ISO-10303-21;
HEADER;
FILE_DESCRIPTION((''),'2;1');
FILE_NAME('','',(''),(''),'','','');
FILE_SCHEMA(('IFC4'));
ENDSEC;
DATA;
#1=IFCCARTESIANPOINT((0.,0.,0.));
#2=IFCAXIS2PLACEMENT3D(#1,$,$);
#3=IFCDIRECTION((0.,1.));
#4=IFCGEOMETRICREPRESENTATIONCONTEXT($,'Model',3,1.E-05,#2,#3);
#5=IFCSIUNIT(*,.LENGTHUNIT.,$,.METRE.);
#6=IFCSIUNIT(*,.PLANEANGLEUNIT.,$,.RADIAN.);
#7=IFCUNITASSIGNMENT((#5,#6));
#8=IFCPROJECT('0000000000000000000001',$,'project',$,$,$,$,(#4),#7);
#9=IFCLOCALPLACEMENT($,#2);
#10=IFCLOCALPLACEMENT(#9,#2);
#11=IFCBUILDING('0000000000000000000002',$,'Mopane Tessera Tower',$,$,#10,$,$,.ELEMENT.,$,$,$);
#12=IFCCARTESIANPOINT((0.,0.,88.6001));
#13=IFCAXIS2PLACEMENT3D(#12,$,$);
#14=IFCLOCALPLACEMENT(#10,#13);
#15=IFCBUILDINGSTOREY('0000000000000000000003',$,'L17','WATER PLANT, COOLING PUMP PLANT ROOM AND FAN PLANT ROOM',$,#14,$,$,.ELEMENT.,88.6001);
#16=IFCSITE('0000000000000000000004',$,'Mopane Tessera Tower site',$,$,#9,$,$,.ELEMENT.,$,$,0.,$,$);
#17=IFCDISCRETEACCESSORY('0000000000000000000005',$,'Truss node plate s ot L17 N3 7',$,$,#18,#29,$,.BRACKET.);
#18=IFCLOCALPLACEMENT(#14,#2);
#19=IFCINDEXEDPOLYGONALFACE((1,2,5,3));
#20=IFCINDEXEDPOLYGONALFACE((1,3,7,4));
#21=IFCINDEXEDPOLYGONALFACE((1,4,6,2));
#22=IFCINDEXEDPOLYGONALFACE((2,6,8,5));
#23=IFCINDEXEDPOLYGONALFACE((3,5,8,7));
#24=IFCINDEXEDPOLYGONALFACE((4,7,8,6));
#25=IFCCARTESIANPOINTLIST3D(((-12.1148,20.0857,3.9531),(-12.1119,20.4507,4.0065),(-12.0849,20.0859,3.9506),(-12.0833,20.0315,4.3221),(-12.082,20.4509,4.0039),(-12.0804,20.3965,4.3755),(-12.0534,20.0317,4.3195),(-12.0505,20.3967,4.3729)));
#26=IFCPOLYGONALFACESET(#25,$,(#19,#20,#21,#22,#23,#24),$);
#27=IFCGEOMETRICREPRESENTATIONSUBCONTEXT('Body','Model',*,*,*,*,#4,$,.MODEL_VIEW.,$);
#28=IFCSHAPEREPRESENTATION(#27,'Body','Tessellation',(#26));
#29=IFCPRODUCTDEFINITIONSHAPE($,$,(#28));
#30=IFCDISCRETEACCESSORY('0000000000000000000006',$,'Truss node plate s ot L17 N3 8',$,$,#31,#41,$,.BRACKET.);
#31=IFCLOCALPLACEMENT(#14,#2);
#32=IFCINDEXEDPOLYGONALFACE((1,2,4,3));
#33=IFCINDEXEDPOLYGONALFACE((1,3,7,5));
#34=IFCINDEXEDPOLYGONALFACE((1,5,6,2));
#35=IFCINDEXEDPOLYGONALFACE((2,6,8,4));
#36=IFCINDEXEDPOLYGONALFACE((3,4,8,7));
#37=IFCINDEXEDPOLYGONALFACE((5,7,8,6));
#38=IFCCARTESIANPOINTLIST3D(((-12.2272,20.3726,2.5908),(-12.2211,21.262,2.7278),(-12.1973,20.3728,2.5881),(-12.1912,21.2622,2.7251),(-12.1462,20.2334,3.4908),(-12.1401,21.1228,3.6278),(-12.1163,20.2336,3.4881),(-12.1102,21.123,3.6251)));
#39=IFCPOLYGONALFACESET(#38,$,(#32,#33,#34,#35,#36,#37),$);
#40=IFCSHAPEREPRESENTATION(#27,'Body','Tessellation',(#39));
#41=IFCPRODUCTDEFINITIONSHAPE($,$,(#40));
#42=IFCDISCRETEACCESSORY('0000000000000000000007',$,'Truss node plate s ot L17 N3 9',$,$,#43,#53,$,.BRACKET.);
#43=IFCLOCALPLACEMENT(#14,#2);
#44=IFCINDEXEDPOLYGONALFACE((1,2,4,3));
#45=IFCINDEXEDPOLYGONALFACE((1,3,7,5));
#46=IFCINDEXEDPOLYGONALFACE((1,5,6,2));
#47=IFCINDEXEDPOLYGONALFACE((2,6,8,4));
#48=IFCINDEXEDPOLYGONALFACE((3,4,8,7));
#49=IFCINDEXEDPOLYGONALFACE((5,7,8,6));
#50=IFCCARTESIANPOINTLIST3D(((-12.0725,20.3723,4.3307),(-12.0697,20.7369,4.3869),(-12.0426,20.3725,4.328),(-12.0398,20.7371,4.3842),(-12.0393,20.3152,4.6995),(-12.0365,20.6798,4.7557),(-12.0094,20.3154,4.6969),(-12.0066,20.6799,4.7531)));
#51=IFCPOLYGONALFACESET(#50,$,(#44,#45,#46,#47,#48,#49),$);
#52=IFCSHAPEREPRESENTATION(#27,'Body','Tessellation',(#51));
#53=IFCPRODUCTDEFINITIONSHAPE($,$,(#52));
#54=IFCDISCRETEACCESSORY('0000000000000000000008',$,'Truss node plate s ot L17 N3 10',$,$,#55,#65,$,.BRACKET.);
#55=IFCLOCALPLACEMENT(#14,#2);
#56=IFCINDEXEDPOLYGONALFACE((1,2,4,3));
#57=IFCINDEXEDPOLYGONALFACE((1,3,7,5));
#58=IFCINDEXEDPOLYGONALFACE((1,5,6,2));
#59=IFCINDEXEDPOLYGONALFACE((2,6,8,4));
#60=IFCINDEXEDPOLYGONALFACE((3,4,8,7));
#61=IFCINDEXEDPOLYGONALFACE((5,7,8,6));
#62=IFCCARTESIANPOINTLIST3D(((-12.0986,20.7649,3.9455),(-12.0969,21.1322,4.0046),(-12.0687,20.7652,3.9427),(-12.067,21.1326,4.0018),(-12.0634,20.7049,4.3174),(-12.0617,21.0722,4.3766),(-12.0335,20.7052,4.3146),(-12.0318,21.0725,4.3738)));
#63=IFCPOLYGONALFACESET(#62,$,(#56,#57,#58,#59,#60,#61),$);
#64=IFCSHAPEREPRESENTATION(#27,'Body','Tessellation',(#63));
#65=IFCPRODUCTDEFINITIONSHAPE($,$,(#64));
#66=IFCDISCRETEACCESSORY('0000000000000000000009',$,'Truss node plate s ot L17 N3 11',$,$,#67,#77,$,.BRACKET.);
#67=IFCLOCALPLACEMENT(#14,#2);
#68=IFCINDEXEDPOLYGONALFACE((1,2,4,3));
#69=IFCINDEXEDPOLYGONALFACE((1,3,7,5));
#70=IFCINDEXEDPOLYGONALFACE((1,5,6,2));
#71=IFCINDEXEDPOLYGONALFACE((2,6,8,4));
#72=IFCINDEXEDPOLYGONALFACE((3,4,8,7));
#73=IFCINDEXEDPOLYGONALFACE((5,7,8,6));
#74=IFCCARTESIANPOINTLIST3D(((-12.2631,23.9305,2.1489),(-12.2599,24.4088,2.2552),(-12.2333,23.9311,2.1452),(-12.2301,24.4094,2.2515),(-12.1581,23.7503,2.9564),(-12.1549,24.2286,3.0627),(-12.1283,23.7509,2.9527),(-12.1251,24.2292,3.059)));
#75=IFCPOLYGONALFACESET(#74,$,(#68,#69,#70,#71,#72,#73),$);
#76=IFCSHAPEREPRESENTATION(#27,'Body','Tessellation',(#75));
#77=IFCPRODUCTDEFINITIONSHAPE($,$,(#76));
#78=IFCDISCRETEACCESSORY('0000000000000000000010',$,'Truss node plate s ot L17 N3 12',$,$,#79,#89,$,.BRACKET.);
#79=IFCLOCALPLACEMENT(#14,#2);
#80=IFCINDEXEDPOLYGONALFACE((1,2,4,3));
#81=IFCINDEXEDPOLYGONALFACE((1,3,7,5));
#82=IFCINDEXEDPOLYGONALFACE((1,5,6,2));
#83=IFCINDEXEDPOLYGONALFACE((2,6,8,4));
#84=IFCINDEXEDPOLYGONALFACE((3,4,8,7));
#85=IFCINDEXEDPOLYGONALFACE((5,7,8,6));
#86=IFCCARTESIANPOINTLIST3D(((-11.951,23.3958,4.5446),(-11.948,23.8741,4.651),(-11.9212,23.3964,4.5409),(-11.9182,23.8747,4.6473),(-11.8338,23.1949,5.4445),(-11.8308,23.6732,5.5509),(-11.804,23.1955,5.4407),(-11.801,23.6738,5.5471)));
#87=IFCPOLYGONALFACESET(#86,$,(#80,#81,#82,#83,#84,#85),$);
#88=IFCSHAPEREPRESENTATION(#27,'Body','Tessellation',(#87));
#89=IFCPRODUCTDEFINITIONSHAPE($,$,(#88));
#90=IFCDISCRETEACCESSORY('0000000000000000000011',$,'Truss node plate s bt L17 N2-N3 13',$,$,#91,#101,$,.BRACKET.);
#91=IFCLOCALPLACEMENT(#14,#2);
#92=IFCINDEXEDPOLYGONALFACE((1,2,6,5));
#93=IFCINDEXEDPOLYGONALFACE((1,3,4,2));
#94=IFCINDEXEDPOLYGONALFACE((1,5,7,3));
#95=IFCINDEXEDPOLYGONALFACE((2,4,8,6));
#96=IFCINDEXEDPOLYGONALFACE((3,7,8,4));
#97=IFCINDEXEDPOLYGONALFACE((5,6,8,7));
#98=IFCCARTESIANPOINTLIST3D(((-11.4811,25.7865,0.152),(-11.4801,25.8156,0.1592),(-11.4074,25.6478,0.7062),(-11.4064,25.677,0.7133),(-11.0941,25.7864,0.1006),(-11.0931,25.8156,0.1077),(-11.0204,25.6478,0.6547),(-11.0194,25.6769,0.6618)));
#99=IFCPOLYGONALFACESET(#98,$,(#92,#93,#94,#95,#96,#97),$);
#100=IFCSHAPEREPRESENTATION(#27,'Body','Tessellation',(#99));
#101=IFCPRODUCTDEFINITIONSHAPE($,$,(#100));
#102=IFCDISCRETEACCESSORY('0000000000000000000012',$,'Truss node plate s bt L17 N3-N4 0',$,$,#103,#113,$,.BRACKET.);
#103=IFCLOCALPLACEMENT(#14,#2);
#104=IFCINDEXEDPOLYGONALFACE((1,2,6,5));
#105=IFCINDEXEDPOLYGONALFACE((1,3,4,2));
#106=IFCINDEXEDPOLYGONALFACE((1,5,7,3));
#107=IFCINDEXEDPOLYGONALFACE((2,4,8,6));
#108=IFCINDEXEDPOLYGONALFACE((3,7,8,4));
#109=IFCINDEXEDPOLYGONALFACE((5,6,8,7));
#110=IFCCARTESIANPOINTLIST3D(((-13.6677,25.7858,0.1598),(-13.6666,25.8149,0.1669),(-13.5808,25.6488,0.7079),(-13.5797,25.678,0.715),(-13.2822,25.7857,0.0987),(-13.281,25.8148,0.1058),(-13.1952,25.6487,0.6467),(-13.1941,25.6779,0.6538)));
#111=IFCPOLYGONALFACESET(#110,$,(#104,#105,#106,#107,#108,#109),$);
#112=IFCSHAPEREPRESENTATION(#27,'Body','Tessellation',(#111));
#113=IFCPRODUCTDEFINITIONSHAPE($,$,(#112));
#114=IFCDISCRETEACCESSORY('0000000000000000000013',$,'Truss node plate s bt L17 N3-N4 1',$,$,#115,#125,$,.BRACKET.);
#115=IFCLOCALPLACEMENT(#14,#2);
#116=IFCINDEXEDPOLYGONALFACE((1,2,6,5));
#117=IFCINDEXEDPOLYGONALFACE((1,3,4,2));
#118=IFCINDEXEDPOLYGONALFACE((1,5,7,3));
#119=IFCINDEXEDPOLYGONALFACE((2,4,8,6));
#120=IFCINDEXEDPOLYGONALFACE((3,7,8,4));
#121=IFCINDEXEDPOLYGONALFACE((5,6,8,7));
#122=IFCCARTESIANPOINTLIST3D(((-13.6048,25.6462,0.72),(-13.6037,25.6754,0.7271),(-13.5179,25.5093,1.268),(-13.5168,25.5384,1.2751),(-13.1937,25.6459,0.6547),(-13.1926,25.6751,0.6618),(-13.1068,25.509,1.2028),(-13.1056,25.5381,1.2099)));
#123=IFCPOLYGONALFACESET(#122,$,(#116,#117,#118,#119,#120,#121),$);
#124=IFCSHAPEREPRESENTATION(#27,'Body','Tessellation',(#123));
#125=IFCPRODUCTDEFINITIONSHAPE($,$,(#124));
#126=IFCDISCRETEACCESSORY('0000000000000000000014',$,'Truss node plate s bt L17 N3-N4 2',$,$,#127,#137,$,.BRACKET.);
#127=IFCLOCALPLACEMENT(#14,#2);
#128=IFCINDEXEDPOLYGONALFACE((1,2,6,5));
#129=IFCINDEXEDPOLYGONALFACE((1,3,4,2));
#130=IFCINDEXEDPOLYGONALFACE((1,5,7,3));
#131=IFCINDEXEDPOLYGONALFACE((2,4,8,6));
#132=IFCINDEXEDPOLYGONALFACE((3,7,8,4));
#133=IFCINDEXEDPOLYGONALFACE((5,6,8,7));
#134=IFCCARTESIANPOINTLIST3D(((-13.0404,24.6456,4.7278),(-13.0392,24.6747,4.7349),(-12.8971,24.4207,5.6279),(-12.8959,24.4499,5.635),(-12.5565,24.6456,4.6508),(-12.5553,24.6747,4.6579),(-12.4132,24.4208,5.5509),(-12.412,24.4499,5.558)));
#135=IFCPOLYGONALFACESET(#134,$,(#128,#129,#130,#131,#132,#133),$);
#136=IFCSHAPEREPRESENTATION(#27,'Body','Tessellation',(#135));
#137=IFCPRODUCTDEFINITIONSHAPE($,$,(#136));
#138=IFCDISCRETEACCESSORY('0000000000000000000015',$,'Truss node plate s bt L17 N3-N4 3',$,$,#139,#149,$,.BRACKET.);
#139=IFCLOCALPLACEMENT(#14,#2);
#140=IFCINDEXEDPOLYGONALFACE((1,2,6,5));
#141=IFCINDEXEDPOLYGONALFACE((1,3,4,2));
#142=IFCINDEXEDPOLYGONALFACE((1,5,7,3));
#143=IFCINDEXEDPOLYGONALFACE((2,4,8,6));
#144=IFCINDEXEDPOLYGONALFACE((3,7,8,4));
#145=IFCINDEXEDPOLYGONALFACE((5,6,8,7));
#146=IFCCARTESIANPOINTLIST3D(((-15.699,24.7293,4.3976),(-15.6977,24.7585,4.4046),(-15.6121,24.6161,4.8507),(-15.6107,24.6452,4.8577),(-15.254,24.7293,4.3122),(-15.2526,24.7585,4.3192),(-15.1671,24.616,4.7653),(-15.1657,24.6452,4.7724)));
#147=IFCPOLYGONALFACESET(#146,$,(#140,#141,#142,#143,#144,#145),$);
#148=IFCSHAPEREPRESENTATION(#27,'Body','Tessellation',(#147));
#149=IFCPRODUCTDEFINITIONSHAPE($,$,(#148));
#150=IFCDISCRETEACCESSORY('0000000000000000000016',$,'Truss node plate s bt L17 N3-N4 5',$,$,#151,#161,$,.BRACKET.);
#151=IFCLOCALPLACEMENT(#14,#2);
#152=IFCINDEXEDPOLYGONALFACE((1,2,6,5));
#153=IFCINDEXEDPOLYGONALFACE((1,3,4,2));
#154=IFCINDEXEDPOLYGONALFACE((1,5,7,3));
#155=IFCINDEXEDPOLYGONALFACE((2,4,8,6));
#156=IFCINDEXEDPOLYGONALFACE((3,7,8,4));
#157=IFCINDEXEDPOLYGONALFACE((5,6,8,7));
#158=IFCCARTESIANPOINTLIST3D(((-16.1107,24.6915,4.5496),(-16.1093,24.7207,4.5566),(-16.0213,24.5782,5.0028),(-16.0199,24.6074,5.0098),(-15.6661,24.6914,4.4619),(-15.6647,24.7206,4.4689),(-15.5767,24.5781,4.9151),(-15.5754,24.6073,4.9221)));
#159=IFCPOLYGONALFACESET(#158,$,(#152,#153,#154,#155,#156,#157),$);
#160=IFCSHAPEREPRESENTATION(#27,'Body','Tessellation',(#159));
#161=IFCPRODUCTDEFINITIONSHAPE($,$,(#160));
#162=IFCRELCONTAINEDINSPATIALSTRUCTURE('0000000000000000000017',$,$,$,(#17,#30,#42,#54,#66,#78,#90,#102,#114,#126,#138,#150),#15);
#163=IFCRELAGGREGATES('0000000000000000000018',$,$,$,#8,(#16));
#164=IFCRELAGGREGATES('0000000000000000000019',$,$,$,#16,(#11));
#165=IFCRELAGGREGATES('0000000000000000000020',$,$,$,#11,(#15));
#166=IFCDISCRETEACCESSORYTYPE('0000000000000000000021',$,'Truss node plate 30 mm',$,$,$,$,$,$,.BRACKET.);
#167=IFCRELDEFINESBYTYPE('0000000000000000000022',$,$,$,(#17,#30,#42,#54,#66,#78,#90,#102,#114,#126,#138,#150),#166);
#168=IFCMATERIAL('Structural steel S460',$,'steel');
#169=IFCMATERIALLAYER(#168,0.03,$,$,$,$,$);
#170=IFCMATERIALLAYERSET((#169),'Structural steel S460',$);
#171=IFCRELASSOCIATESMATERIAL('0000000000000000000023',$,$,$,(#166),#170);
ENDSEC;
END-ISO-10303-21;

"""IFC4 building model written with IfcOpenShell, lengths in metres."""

from ifc_helpers import new_model, si_unit, direction, frame, origin, origin_2d, place, context, subcontext, project, spatial, rectangle, extrude, material, layer, layer_set, type_object, element, save


model = new_model("IFC4")

# Units and contexts
model_context = context("Model", 3, precision=1e-05, world=origin(), true_north=direction((0.0, 1.0)))
body_context = subcontext(model_context, "Body", "Model", "MODEL_VIEW")
ifc_project = project(units=[si_unit("LENGTHUNIT", "METRE"), si_unit("PLANEANGLEUNIT", "RADIAN")], contexts=[model_context])

# Site, building, storey
site_placement = place(None, origin())
site = spatial("IfcSite", under=ifc_project, at=site_placement, Name="Mopane Tessera Tower site", CompositionType="ELEMENT", RefElevation=0.0)
building_placement = place(site_placement, origin())
building = spatial("IfcBuilding", under=site, at=building_placement, Name="Mopane Tessera Tower", CompositionType="ELEMENT")
storey_placement = place(building_placement, frame((0.0, 0.0, 88.6001)))
storey = spatial("IfcBuildingStorey", under=building, at=storey_placement, Name="L17", Description="WATER PLANT, COOLING PUMP PLANT ROOM AND FAN PLANT ROOM", CompositionType="ELEMENT", Elevation=88.6001)

# Discrete accessories
ifc_material_1 = material(Name="Structural steel S460", Category="steel")
ifc_layer_1 = layer(ifc_material_1, 0.03)
ifc_layer_set_1 = layer_set([ifc_layer_1], Name="Structural steel S460")
discrete_accessory_type_1 = type_object("IfcDiscreteAccessoryType", Name="Truss node plate 30 mm", PredefinedType="BRACKET", material=ifc_layer_set_1)
discrete_accessory_1_placement = place(storey_placement, frame((-12.0984, 20.2683, 3.9785), z_axis=(0.084167, -0.144846, 0.985868), x_axis=(-0.996421, -0.00451, 0.084406)))
element("IfcDiscreteAccessory", 1, at=discrete_accessory_1_placement, inside=storey, type_object=discrete_accessory_type_1, Name="Truss node plate s ot L17 N3 7", PredefinedType="BRACKET", context=body_context, shape_type="SweptSolid", body=[
    extrude(rectangle(XDim=0.03, YDim=0.3689, at=origin_2d()), origin(), (0.0, 0.0, 1.0), 0.3743),
])
discrete_accessory_2_placement = place(storey_placement, frame((-12.2092, 20.8174, 2.658), z_axis=(0.088662, -0.152221, 0.984362), x_axis=(-0.996039, -0.006821, 0.088659)))
element("IfcDiscreteAccessory", 2, at=discrete_accessory_2_placement, inside=storey, type_object=discrete_accessory_type_1, Name="Truss node plate s ot L17 N3 8", PredefinedType="BRACKET", context=body_context, shape_type="SweptSolid", body=[
    extrude(rectangle(XDim=0.03, YDim=0.8999, at=origin_2d()), origin(), (0.0, 0.0, 1.0), 0.9143),
])
discrete_accessory_3_placement = place(storey_placement, frame((-12.0562, 20.5547, 4.3574), z_axis=(0.088597, -0.152438, 0.984334), x_axis=(-0.996038, -0.005896, 0.088737)))
element("IfcDiscreteAccessory", 3, at=discrete_accessory_3_placement, inside=storey, type_object=discrete_accessory_type_1, Name="Truss node plate s ot L17 N3 9", PredefinedType="BRACKET", context=body_context, shape_type="SweptSolid", body=[
    extrude(rectangle(XDim=0.03, YDim=0.3689, at=origin_2d()), origin(), (0.0, 0.0, 1.0), 0.3748),
])
discrete_accessory_4_placement = place(storey_placement, frame((-12.0828, 20.9487, 3.9736), z_axis=(0.092878, -0.158666, 0.982954), x_axis=(-0.995667, -0.010234, 0.092427)))
element("IfcDiscreteAccessory", 4, at=discrete_accessory_4_placement, inside=storey, type_object=discrete_accessory_type_1, Name="Truss node plate s ot L17 N3 10", PredefinedType="BRACKET", context=body_context, shape_type="SweptSolid", body=[
    extrude(rectangle(XDim=0.03, YDim=0.3721, at=origin_2d()), origin(), (0.0, 0.0, 1.0), 0.3784),
])
discrete_accessory_5_placement = place(storey_placement, frame((-12.2466, 24.1699, 2.2002), z_axis=(0.125896, -0.216072, 0.968227), x_axis=(-0.992022, -0.020989, 0.124306)))
element("IfcDiscreteAccessory", 5, at=discrete_accessory_5_placement, inside=storey, type_object=discrete_accessory_type_1, Name="Truss node plate s ot L17 N3 11", PredefinedType="BRACKET", context=body_context, shape_type="SweptSolid", body=[
    extrude(rectangle(XDim=0.03, YDim=0.49, at=origin_2d()), origin(), (0.0, 0.0, 1.0), 0.834),
])
discrete_accessory_6_placement = place(storey_placement, frame((-11.9346, 23.6353, 4.5959), z_axis=(0.126079, -0.216173, 0.968181), x_axis=(-0.992001, -0.021436, 0.124395)))
element("IfcDiscreteAccessory", 6, at=discrete_accessory_6_placement, inside=storey, type_object=discrete_accessory_type_1, Name="Truss node plate s ot L17 N3 12", PredefinedType="BRACKET", context=body_context, shape_type="SweptSolid", body=[
    extrude(rectangle(XDim=0.03, YDim=0.49, at=origin_2d()), origin(), (0.0, 0.0, 1.0), 0.9294),
])
discrete_accessory_7_placement = place(storey_placement, frame((-11.2871, 25.801, 0.1299), z_axis=(0.127999, -0.24074, 0.962112), x_axis=(-0.031805, -0.97059, -0.23863)))
element("IfcDiscreteAccessory", 7, at=discrete_accessory_7_placement, inside=storey, type_object=discrete_accessory_type_1, Name="Truss node plate s bt L17 N2-N3 13", PredefinedType="BRACKET", context=body_context, shape_type="SweptSolid", body=[
    extrude(rectangle(XDim=0.03, YDim=0.3904, at=origin_2d()), origin(), (0.0, 0.0, 1.0), 0.5759),
])
discrete_accessory_8_placement = place(storey_placement, frame((-13.4744, 25.8003, 0.1328), z_axis=(0.152055, -0.239615, 0.958887), x_axis=(-0.037756, -0.970868, -0.236622)))
element("IfcDiscreteAccessory", 8, at=discrete_accessory_8_placement, inside=storey, type_object=discrete_accessory_type_1, Name="Truss node plate s bt L17 N3-N4 0", PredefinedType="BRACKET", context=body_context, shape_type="SweptSolid", body=[
    extrude(rectangle(XDim=0.03, YDim=0.3904, at=origin_2d()), origin(), (0.0, 0.0, 1.0), 0.5715),
])
discrete_accessory_9_placement = place(storey_placement, frame((-13.3987, 25.6606, 0.6909), z_axis=(0.152055, -0.239615, 0.958887), x_axis=(-0.038206, -0.970868, -0.23655)))
element("IfcDiscreteAccessory", 9, at=discrete_accessory_9_placement, inside=storey, type_object=discrete_accessory_type_1, Name="Truss node plate s bt L17 N3-N4 1", PredefinedType="BRACKET", context=body_context, shape_type="SweptSolid", body=[
    extrude(rectangle(XDim=0.03, YDim=0.4163, at=origin_2d()), origin(), (0.0, 0.0, 1.0), 0.5715),
])
discrete_accessory_10_placement = place(storey_placement, frame((-12.7979, 24.6602, 4.6929), z_axis=(0.152652, -0.23951, 0.958818), x_axis=(-0.037596, -0.970894, -0.23654)))
element("IfcDiscreteAccessory", 10, at=discrete_accessory_10_placement, inside=storey, type_object=discrete_accessory_type_1, Name="Truss node plate s bt L17 N3-N4 2", PredefinedType="BRACKET", context=body_context, shape_type="SweptSolid", body=[
    extrude(rectangle(XDim=0.03, YDim=0.49, at=origin_2d()), origin(), (0.0, 0.0, 1.0), 0.9387),
])
discrete_accessory_11_placement = place(storey_placement, frame((-15.4758, 24.7439, 4.3584), z_axis=(0.182943, -0.238442, 0.95377), x_axis=(-0.045, -0.971157, -0.234158)))
element("IfcDiscreteAccessory", 11, at=discrete_accessory_11_placement, inside=storey, type_object=discrete_accessory_type_1, Name="Truss node plate s bt L17 N3-N4 3", PredefinedType="BRACKET", context=body_context, shape_type="SweptSolid", body=[
    extrude(rectangle(XDim=0.03, YDim=0.4531, at=origin_2d()), origin(), (0.0, 0.0, 1.0), 0.4751),
])
discrete_accessory_12_placement = place(storey_placement, frame((-15.8877, 24.7061, 4.5093), z_axis=(0.187903, -0.238215, 0.952862), x_axis=(-0.046385, -0.971212, -0.233656)))
element("IfcDiscreteAccessory", 12, at=discrete_accessory_12_placement, inside=storey, type_object=discrete_accessory_type_1, Name="Truss node plate s bt L17 N3-N4 5", PredefinedType="BRACKET", context=body_context, shape_type="SweptSolid", body=[
    extrude(rectangle(XDim=0.03, YDim=0.4531, at=origin_2d()), origin(), (0.0, 0.0, 1.0), 0.4756),
])

save(model, "model.ifc")
